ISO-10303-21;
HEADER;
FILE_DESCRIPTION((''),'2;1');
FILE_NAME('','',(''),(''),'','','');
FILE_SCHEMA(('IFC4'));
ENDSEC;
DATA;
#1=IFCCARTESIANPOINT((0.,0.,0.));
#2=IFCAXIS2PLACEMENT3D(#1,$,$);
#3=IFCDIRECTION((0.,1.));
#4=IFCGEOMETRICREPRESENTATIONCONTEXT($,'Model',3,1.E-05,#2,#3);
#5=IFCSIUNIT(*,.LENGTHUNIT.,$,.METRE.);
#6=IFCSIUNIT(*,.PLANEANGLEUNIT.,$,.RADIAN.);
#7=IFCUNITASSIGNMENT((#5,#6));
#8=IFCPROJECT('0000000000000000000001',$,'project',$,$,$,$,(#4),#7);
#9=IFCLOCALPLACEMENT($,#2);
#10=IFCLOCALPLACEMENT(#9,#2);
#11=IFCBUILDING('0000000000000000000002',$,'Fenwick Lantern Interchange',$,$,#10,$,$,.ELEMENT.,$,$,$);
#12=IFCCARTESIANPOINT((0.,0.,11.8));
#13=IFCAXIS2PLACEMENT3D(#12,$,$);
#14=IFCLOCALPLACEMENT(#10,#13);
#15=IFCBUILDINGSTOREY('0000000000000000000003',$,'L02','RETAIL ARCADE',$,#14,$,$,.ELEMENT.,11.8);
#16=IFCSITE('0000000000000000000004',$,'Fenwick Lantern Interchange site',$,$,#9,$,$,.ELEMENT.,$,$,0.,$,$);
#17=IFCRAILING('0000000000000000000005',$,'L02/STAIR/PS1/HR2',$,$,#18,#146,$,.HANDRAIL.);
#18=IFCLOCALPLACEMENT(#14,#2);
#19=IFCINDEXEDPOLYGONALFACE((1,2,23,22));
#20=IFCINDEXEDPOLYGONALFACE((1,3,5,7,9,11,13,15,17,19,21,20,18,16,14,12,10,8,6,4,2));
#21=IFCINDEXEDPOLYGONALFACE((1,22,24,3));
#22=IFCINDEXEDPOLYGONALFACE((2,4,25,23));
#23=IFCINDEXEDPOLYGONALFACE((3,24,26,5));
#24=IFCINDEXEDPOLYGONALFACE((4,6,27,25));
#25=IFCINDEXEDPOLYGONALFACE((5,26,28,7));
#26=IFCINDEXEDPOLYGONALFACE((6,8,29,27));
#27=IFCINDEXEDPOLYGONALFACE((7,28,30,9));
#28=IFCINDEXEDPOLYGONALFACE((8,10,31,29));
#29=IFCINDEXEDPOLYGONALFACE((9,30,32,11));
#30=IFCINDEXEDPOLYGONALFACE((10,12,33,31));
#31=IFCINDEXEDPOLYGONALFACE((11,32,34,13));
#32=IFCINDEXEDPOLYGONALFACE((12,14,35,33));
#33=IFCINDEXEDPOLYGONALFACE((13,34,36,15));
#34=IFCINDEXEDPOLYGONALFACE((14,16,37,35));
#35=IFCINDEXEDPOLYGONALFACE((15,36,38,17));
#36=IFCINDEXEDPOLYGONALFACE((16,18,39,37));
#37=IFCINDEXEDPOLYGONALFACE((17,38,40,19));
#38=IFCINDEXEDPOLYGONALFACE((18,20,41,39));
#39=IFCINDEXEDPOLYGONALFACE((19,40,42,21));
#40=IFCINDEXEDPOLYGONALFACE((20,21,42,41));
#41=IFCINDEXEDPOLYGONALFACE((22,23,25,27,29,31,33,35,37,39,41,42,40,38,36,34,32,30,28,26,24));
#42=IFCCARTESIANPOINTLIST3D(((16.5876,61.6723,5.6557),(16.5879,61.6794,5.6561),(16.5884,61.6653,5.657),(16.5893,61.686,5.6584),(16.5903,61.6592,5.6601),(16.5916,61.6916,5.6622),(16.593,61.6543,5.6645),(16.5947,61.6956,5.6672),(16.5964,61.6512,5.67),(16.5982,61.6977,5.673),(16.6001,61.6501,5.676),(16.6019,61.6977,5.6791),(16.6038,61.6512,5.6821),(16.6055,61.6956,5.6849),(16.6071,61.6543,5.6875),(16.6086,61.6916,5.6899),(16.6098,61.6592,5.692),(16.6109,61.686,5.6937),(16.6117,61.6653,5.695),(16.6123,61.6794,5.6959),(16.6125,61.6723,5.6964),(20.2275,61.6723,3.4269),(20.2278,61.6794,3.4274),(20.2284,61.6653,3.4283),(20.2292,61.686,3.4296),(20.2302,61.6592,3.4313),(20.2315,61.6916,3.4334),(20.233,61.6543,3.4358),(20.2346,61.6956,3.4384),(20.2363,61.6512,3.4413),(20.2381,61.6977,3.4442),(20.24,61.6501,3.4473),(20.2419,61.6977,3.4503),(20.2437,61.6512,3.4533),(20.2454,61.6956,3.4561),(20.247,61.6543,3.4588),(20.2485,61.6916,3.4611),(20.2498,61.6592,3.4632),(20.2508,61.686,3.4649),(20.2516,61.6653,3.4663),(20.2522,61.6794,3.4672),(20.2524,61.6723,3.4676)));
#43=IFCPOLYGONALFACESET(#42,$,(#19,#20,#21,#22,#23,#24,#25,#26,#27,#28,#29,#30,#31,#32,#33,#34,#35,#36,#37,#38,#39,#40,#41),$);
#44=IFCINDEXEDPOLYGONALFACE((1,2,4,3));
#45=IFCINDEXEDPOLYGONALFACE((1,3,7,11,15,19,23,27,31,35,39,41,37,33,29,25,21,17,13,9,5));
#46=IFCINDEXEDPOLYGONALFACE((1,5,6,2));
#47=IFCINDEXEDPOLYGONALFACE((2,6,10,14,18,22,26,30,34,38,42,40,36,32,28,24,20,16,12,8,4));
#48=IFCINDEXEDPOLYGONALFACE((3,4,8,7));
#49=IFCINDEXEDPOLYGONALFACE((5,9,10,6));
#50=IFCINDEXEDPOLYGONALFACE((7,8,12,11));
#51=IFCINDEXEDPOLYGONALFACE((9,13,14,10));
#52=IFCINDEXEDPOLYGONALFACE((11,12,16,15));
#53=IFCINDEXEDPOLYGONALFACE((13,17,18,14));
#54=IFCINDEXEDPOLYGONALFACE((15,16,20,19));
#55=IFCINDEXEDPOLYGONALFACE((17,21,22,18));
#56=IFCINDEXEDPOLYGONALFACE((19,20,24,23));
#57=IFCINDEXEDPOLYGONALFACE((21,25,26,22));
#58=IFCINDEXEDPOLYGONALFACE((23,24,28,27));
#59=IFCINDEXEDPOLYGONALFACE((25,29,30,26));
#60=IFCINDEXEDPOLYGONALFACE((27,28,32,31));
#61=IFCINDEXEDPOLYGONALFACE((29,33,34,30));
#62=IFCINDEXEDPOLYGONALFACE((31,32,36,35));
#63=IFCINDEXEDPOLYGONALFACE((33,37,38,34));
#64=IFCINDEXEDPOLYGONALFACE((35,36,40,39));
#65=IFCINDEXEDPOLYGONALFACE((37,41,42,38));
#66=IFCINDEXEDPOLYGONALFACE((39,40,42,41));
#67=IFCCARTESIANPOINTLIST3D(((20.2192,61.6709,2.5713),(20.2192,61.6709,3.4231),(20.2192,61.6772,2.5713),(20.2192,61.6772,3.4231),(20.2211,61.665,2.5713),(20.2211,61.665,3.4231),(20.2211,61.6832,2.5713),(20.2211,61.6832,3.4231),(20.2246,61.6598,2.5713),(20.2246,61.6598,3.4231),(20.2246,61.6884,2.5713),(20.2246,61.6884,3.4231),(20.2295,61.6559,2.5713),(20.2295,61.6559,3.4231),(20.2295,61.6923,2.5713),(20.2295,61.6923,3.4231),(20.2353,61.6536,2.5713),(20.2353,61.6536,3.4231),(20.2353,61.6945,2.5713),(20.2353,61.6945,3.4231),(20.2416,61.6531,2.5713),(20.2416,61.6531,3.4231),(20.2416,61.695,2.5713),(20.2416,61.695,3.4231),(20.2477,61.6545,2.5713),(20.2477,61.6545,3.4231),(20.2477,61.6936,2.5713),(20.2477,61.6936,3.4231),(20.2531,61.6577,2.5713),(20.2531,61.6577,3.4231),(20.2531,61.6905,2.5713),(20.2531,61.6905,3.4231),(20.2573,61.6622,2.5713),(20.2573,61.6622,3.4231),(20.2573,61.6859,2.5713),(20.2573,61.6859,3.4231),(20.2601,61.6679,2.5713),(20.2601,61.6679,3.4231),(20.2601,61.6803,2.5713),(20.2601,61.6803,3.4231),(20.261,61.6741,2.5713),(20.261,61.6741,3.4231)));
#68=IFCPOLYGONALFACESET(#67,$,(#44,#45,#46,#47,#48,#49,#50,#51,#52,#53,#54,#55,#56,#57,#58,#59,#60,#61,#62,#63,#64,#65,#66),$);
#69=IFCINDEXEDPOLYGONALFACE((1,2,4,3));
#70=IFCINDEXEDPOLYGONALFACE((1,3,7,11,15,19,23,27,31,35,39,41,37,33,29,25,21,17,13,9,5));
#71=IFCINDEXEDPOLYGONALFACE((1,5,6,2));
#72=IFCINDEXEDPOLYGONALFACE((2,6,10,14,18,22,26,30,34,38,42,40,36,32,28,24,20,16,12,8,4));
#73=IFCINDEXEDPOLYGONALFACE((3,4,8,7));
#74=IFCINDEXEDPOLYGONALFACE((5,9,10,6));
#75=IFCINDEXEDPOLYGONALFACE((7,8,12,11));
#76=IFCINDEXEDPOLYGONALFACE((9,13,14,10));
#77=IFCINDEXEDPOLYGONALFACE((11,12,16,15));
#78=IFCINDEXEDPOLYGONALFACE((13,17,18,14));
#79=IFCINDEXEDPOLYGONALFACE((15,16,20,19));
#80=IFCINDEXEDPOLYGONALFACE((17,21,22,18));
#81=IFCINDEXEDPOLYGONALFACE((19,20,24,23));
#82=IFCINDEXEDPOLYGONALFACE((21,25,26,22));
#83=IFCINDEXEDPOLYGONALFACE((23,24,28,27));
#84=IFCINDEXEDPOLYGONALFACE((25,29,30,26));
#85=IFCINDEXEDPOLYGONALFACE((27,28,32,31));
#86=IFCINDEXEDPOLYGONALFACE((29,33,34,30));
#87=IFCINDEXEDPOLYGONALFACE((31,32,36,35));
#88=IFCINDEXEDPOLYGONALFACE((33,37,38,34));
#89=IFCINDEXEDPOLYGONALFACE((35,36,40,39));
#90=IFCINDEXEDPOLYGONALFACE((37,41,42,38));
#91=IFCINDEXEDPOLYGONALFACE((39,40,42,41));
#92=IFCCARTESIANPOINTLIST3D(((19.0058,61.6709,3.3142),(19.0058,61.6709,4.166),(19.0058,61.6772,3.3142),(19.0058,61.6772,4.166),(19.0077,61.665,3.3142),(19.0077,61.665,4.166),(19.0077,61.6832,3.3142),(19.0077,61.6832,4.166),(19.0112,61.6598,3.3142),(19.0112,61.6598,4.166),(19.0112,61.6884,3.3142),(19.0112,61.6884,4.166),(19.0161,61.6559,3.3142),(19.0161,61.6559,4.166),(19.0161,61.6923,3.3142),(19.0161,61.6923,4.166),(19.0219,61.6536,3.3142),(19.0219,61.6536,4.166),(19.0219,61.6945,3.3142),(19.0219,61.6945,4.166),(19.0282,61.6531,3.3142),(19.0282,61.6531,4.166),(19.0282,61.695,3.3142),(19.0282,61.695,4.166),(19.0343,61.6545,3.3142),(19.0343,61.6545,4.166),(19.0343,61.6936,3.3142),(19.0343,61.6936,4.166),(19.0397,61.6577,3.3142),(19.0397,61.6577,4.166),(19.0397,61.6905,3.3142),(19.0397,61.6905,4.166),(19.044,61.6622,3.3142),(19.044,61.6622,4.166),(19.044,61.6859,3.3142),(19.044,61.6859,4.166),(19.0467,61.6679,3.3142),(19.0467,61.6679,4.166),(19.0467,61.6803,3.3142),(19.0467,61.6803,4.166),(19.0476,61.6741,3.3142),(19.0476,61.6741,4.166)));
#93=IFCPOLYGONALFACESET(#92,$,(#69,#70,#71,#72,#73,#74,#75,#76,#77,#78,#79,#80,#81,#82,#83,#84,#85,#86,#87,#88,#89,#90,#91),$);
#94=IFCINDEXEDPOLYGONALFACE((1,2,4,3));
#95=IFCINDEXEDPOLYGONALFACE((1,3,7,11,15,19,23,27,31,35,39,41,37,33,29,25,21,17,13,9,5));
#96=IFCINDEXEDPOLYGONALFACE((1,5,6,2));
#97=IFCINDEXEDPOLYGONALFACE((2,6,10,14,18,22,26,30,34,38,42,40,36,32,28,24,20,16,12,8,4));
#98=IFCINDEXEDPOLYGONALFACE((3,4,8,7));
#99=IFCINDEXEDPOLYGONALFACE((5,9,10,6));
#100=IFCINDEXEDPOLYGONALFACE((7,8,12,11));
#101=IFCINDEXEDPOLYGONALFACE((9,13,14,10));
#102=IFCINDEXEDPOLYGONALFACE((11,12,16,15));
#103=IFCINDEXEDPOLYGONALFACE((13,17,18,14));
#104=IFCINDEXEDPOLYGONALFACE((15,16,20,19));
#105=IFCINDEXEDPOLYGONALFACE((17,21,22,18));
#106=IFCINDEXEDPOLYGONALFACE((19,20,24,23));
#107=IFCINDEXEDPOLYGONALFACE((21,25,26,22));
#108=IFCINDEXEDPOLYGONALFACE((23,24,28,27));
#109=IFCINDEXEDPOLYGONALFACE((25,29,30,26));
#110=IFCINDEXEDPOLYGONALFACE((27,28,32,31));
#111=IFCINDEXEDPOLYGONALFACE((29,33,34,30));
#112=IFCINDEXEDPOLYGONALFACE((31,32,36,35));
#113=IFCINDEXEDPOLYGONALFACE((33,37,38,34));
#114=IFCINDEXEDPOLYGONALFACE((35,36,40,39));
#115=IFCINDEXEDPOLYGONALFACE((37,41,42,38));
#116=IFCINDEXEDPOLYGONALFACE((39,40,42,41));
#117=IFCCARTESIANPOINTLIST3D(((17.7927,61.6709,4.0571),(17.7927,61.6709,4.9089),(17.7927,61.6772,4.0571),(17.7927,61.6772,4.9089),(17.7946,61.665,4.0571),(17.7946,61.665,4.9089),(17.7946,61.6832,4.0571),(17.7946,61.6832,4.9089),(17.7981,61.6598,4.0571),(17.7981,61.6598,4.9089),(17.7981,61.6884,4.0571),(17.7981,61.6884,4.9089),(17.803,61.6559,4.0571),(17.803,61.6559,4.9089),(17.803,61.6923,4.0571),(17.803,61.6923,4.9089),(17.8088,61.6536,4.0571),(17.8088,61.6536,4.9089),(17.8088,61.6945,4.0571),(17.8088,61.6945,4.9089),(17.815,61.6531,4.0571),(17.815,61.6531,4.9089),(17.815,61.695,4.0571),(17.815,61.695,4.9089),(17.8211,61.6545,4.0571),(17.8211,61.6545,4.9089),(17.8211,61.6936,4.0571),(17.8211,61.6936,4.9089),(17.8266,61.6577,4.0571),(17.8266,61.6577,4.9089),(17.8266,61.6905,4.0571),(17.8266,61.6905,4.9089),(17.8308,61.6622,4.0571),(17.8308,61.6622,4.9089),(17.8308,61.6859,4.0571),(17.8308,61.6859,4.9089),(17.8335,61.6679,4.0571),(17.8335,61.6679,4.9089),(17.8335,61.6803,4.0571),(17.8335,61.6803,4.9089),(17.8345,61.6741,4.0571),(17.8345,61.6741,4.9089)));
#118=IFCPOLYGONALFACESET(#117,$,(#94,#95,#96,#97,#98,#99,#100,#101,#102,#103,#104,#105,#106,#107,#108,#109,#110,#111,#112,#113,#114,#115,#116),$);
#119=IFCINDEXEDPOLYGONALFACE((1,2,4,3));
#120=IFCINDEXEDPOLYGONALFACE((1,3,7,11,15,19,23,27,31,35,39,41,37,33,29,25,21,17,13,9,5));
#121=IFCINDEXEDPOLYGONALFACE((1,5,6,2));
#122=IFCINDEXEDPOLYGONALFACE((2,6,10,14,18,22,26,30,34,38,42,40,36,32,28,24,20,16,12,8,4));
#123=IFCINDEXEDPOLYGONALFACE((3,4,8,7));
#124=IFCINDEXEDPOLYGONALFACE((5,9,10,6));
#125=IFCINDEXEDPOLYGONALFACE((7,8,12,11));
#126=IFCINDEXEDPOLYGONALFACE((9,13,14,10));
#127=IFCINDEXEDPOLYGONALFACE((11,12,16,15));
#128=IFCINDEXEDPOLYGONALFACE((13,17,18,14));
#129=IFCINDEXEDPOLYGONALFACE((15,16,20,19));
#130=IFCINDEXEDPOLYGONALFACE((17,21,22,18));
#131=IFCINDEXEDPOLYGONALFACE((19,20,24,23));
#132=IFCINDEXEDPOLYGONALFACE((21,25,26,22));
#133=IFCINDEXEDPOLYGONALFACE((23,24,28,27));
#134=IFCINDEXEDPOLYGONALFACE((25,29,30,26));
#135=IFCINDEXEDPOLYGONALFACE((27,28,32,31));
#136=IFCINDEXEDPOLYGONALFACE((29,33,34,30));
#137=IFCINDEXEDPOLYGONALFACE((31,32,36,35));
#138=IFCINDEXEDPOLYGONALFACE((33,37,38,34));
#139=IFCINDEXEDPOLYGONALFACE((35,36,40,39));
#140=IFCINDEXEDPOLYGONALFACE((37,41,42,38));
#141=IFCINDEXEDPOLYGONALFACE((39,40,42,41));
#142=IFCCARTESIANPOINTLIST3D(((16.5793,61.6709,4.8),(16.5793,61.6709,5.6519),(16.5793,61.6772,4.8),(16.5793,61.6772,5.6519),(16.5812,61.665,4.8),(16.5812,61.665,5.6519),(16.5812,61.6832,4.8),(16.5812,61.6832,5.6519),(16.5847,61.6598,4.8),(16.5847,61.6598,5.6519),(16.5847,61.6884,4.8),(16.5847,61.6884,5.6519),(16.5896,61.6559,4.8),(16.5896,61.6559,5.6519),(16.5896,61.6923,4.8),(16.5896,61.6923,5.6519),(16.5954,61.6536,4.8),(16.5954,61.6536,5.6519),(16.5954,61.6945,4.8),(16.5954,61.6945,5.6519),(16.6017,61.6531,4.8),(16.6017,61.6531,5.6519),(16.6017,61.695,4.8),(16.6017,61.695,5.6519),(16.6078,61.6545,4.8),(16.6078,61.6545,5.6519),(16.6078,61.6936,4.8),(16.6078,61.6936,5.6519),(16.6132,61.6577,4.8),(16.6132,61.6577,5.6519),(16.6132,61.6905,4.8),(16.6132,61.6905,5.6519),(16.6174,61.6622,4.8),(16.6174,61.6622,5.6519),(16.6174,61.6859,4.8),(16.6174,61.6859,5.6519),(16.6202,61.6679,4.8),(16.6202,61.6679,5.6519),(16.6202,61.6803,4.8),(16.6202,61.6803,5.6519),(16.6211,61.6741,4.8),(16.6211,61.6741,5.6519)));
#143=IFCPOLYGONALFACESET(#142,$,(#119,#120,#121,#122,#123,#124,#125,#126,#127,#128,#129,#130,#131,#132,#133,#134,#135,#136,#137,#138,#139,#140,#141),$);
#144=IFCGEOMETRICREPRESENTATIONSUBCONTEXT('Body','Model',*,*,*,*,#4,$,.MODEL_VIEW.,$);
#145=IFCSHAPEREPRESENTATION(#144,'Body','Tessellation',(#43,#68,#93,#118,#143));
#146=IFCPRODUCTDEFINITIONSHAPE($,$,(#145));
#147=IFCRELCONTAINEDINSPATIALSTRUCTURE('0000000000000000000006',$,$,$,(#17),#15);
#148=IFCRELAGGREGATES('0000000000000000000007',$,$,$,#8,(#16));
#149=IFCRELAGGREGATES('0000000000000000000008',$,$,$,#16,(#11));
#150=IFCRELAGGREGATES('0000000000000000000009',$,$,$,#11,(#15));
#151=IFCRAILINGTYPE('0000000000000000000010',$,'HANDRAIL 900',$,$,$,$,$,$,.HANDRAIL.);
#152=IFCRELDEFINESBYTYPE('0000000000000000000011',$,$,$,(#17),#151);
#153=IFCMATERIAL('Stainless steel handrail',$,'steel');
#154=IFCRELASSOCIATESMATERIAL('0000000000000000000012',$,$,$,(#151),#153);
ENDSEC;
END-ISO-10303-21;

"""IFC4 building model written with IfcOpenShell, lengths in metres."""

from ifc_helpers import new_model, si_unit, direction, frame, origin, origin_2d, place, context, subcontext, project, spatial, circle, extrude, material, type_object, element, save


model = new_model("IFC4")

# Units and contexts
model_context = context("Model", 3, precision=1e-05, world=origin(), true_north=direction((0.0, 1.0)))
body_context = subcontext(model_context, "Body", "Model", "MODEL_VIEW")
ifc_project = project(units=[si_unit("LENGTHUNIT", "METRE"), si_unit("PLANEANGLEUNIT", "RADIAN")], contexts=[model_context])

# Site, building, storey
site_placement = place(None, origin())
site = spatial("IfcSite", under=ifc_project, at=site_placement, Name="Fenwick Lantern Interchange site", CompositionType="ELEMENT", RefElevation=0.0)
building_placement = place(site_placement, origin())
building = spatial("IfcBuilding", under=site, at=building_placement, Name="Fenwick Lantern Interchange", CompositionType="ELEMENT")
storey_placement = place(building_placement, frame((0.0, 0.0, 11.8)))
storey = spatial("IfcBuildingStorey", under=building, at=storey_placement, Name="L02", Description="RETAIL ARCADE", CompositionType="ELEMENT", Elevation=11.8)

# Railing
ifc_material_1 = material(Name="Stainless steel handrail", Category="steel")
railing_type = type_object("IfcRailingType", Name="HANDRAIL 900", PredefinedType="HANDRAIL", material=ifc_material_1)
railing_1_placement = place(storey_placement, frame((20.24, 61.6741, 2.5713)))
element("IfcRailing", 1, at=railing_1_placement, inside=storey, type_object=railing_type, Name="L02/STAIR/PS1/HR2", PredefinedType="HANDRAIL", context=body_context, shape_type="SweptSolid", body=[
    extrude(circle(Radius=0.0239, at=origin_2d()), frame((0.0, 0.0, 0.876), z_axis=(-0.852825, 0.0, 0.522197), x_axis=(0.0, -1.0, 0.0)), (0.0, 0.0, 1.0), 4.2681),
    extrude(circle(Radius=0.021, at=origin_2d()), origin(), (0.0, 0.0, 1.0), 0.8518),
    extrude(circle(Radius=0.021, at=origin_2d()), frame((-1.2134, 0.0, 0.7429)), (0.0, 0.0, 1.0), 0.8518),
    extrude(circle(Radius=0.021, at=origin_2d()), frame((-2.4265, 0.0, 1.4858)), (0.0, 0.0, 1.0), 0.8518),
    extrude(circle(Radius=0.021, at=origin_2d()), frame((-3.6399, 0.0, 2.2288)), (0.0, 0.0, 1.0), 0.8518),
])

save(model, "model.ifc")
